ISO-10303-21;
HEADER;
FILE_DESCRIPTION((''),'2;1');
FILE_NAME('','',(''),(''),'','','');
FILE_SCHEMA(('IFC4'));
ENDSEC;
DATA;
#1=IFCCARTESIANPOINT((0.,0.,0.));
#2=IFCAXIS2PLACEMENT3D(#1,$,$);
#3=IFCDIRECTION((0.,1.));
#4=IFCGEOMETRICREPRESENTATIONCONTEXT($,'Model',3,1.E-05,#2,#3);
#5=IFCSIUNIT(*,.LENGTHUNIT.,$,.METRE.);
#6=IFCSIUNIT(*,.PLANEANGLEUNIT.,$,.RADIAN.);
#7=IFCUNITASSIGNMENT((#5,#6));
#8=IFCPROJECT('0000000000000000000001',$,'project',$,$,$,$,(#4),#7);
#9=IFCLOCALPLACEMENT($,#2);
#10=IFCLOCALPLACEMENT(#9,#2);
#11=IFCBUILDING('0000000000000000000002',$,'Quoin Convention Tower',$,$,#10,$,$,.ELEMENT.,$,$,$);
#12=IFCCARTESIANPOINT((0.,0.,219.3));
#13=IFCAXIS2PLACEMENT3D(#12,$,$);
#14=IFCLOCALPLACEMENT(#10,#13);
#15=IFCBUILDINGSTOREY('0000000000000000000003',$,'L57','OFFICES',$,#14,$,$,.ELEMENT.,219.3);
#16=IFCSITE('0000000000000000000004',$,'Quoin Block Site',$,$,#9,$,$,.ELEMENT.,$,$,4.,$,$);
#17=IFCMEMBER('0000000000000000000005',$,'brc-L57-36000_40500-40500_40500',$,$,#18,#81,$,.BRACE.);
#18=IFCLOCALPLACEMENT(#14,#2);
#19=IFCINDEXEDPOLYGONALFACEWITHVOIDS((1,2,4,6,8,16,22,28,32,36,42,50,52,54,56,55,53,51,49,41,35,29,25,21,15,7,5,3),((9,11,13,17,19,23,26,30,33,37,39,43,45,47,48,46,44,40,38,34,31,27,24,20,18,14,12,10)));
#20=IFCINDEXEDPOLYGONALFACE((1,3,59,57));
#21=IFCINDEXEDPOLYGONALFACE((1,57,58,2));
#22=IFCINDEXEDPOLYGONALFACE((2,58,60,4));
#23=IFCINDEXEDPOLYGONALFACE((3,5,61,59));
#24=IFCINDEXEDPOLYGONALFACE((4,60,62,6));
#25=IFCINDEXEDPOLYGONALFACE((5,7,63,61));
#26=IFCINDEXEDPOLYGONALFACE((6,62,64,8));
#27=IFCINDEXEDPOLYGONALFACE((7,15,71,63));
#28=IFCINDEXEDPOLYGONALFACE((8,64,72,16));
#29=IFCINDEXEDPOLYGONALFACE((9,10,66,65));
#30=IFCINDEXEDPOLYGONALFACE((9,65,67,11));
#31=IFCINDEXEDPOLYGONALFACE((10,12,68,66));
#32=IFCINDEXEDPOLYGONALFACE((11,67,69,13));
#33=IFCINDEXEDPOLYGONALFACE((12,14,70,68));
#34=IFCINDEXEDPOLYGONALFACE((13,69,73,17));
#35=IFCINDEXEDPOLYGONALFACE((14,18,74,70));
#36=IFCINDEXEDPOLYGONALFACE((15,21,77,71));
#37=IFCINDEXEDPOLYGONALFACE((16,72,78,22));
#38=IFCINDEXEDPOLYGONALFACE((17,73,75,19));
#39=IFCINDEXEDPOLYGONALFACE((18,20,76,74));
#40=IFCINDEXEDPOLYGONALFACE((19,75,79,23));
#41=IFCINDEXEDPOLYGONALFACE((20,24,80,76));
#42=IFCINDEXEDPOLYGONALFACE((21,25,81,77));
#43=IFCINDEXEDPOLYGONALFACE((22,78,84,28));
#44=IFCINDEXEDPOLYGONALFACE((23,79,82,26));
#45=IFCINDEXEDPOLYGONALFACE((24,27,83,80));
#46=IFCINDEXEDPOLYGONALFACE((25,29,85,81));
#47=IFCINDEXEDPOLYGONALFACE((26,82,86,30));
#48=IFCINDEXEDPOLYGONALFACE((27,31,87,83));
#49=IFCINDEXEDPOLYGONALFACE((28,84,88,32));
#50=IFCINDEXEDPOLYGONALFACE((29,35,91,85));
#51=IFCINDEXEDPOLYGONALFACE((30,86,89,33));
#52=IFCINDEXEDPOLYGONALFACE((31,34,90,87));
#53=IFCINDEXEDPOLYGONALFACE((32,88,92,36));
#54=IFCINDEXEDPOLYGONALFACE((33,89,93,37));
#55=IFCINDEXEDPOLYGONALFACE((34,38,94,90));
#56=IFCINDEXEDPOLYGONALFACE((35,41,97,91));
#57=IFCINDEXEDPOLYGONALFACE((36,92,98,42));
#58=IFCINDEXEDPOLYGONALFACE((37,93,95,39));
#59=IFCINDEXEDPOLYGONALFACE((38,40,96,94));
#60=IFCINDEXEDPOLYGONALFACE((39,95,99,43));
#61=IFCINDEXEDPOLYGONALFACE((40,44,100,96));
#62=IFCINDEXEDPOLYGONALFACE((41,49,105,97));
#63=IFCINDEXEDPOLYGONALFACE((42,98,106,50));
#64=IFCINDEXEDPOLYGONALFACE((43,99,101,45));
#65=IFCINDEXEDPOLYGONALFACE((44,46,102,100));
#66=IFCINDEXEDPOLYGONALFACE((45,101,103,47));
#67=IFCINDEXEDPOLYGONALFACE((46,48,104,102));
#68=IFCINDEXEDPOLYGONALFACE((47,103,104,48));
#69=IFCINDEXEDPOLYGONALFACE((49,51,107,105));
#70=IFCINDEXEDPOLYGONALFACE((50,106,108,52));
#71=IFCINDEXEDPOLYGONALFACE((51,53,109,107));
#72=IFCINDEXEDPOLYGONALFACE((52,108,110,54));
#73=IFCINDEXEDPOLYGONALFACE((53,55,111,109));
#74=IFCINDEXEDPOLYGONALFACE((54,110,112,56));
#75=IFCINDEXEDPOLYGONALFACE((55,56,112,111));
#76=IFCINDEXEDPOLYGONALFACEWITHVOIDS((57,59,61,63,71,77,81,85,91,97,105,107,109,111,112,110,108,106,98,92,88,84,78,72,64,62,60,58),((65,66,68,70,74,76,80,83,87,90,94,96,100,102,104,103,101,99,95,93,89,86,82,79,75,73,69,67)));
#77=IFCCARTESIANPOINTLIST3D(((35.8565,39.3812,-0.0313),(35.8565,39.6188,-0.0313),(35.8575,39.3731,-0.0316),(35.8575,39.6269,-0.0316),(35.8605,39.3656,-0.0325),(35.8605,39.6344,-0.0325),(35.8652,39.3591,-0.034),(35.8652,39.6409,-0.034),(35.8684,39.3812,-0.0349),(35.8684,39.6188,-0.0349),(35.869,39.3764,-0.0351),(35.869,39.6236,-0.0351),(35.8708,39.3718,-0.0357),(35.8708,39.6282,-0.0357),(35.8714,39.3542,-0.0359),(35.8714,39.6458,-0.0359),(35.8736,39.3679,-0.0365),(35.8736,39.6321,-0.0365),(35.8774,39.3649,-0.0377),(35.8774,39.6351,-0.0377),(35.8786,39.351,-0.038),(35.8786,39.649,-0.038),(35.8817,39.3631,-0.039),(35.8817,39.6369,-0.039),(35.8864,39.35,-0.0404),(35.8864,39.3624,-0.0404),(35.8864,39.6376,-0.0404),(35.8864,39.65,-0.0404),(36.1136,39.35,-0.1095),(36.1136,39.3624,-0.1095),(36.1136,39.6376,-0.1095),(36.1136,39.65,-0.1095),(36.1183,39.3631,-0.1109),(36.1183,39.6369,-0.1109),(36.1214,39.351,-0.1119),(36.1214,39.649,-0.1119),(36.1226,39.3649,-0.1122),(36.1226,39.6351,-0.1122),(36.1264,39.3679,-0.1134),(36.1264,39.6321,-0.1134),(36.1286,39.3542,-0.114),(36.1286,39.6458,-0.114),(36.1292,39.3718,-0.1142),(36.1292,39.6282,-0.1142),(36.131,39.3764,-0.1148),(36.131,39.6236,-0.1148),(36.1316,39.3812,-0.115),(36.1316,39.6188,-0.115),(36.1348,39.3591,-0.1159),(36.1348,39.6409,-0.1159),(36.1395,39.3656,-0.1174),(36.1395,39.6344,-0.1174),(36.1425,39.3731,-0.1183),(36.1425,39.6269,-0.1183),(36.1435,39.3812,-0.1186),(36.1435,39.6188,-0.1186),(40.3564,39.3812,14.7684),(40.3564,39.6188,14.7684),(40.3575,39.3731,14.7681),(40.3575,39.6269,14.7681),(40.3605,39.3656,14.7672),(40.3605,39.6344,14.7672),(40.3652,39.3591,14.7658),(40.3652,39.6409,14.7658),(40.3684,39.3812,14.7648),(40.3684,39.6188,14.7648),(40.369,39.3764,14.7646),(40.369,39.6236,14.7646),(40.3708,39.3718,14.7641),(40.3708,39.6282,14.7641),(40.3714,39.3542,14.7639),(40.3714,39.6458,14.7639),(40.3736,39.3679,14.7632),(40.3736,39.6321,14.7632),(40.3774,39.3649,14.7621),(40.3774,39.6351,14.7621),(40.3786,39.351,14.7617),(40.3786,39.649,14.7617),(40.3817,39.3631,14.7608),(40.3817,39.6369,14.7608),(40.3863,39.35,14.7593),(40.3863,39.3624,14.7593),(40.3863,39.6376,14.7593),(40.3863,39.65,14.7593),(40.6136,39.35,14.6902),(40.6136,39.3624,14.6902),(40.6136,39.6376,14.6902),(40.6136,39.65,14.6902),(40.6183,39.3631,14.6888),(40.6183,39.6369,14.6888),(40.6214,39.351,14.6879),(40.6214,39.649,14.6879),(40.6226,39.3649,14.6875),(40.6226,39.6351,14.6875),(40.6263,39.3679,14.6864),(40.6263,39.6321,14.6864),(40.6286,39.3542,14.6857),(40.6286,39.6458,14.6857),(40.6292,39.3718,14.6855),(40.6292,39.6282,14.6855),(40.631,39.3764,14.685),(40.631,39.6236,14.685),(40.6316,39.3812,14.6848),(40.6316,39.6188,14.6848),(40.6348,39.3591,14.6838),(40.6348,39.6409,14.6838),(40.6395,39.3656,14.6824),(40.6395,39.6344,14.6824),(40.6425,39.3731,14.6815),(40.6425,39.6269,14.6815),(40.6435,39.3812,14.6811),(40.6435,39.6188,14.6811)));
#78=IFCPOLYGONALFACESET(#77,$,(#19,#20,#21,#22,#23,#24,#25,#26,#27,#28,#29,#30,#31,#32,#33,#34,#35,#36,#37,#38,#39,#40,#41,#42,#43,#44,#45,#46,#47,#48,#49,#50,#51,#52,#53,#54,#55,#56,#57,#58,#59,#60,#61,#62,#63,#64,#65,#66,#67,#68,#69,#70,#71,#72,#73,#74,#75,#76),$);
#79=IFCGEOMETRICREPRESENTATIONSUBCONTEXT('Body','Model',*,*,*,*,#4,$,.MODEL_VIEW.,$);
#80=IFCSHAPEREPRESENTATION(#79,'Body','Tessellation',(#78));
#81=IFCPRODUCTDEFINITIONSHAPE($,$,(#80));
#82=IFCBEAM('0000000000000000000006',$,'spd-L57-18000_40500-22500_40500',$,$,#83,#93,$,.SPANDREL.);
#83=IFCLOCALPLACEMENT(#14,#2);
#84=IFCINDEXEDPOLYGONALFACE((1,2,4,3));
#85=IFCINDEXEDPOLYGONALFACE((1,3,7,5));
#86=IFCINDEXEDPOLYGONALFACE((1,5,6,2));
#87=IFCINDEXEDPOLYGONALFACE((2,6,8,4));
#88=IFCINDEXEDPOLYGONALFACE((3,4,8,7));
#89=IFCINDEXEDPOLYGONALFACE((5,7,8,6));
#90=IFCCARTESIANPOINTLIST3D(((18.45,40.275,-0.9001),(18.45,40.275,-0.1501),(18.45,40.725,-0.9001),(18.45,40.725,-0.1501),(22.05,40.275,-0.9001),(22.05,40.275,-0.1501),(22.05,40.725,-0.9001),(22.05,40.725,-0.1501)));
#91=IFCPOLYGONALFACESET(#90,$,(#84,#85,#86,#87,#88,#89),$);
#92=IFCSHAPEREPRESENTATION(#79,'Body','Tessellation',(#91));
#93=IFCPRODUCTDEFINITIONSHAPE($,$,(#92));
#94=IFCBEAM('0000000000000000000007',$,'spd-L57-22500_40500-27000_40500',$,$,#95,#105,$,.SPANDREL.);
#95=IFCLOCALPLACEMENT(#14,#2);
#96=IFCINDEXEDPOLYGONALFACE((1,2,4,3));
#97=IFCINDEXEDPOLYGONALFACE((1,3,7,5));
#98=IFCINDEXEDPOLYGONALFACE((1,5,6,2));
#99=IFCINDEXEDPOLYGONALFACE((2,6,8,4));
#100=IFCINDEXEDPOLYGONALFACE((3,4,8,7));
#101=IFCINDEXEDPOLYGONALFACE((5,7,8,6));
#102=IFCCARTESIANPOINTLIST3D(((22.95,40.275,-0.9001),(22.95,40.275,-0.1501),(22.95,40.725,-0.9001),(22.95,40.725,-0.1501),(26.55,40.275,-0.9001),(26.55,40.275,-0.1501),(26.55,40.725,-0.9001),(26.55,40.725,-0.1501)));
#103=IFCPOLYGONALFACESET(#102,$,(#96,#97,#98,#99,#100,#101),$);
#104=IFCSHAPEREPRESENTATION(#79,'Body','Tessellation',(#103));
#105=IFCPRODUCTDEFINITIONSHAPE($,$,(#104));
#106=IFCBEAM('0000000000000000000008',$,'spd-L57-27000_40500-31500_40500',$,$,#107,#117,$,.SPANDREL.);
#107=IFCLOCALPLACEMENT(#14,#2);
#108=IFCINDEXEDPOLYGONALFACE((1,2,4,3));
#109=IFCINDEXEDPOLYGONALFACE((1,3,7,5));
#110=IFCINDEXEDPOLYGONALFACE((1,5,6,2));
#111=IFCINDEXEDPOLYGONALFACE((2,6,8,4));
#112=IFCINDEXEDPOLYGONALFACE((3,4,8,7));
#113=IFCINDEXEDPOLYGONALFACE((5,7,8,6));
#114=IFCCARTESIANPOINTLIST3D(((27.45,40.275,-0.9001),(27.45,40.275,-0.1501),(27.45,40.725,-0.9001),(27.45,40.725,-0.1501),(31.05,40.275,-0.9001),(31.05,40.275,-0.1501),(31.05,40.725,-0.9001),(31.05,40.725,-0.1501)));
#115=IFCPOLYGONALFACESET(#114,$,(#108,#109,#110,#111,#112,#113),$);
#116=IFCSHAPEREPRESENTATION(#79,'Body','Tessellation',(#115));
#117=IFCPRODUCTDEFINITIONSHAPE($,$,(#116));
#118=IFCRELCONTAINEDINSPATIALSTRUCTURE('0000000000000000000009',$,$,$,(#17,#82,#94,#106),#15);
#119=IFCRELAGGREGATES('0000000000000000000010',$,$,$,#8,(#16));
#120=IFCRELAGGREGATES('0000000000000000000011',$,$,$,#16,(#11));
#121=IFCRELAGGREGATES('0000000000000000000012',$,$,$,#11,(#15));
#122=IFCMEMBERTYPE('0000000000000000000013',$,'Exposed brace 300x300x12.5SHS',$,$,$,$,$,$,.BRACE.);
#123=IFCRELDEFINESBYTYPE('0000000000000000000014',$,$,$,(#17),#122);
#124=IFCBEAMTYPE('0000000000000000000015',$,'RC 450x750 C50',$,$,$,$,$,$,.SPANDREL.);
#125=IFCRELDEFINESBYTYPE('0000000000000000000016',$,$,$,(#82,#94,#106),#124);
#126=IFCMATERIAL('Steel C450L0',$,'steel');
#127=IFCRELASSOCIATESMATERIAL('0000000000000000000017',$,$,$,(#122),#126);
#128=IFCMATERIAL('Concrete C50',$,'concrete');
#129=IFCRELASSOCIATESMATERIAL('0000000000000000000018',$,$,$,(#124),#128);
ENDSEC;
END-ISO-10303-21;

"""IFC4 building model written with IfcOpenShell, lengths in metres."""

from ifc_helpers import new_model, si_unit, direction, frame, origin, origin_2d, place, context, subcontext, project, spatial, rectangle, hollow_rectangle, extrude, material, material_profile, profile_set, type_object, element, save


model = new_model("IFC4")

# Units and contexts
model_context = context("Model", 3, precision=1e-05, world=origin(), true_north=direction((0.0, 1.0)))
body_context = subcontext(model_context, "Body", "Model", "MODEL_VIEW")
ifc_project = project(units=[si_unit("LENGTHUNIT", "METRE"), si_unit("PLANEANGLEUNIT", "RADIAN")], contexts=[model_context])

# Site, building, storey
site_placement = place(None, origin())
site = spatial("IfcSite", under=ifc_project, at=site_placement, Name="Quoin Block Site", CompositionType="ELEMENT", RefElevation=4.0)
building_placement = place(site_placement, origin())
building = spatial("IfcBuilding", under=site, at=building_placement, Name="Quoin Convention Tower", CompositionType="ELEMENT")
storey_placement = place(building_placement, frame((0.0, 0.0, 219.3)))
storey = spatial("IfcBuildingStorey", under=building, at=storey_placement, Name="L57", Description="OFFICES", CompositionType="ELEMENT", Elevation=219.3)

# Shared definitions
ifc_material_1 = material(Name="Concrete C50", Category="concrete")

# Member
ifc_material_2 = material(Name="Steel C450L0", Category="steel")
ifc_material_profile_1 = material_profile(ifc_material_2, hollow_rectangle(XDim=0.3, YDim=0.3, WallThickness=0.0125, InnerFilletRadius=0.0188, OuterFilletRadius=0.0312, at=origin_2d()), Name="300x300x12.5SHS")
ifc_profile_set_1 = profile_set([ifc_material_profile_1], Name="Steel C450L0")
member_type = type_object("IfcMemberType", Name="Exposed brace 300x300x12.5SHS", PredefinedType="BRACE", material=ifc_profile_set_1)
for number, where, z_axis, x_axis, name in (
    (1, (36.0, 39.5, -0.075), (0.290908, 0.0, 0.956751), (0.0, 1.0, 0.0), "brc-L57-36000_40500-40500_40500"),
):
    element("IfcMember", number, at=place(storey_placement, frame(where, z_axis=z_axis, x_axis=x_axis)), inside=storey, type_object=member_type, Name=name, PredefinedType="BRACE", context=body_context, shape_type="SweptSolid", body=[
        extrude(hollow_rectangle(XDim=0.3, YDim=0.3, WallThickness=0.0125, InnerFilletRadius=0.0188, OuterFilletRadius=0.0312, at=origin_2d()), origin(), (0.0, 0.0, 1.0), 15.4688),
    ])

# Beams
ifc_material_profile_2 = material_profile(ifc_material_1, rectangle(XDim=0.45, YDim=0.75, at=origin_2d()), Name="RC 450x750")
ifc_profile_set_2 = profile_set([ifc_material_profile_2], Name="Concrete C50")
beam_type = type_object("IfcBeamType", Name="RC 450x750 C50", PredefinedType="SPANDREL", material=ifc_profile_set_2)
for number, where, z_axis, x_axis, name in (
    (2, (18.45, 40.5, -0.5251), (1.0, 0.0, 0.0), (0.0, 1.0, 0.0), "spd-L57-18000_40500-22500_40500"),
    (3, (22.95, 40.5, -0.5251), (1.0, 0.0, 0.0), (0.0, 1.0, 0.0), "spd-L57-22500_40500-27000_40500"),
    (4, (27.45, 40.5, -0.5251), (1.0, 0.0, 0.0), (0.0, 1.0, 0.0), "spd-L57-27000_40500-31500_40500"),
):
    element("IfcBeam", number, at=place(storey_placement, frame(where, z_axis=z_axis, x_axis=x_axis)), inside=storey, type_object=beam_type, Name=name, PredefinedType="SPANDREL", context=body_context, shape_type="SweptSolid", body=[
        extrude(rectangle(XDim=0.45, YDim=0.75, at=origin_2d()), origin(), (0.0, 0.0, 1.0), 3.6001),
    ])

save(model, "model.ifc")
